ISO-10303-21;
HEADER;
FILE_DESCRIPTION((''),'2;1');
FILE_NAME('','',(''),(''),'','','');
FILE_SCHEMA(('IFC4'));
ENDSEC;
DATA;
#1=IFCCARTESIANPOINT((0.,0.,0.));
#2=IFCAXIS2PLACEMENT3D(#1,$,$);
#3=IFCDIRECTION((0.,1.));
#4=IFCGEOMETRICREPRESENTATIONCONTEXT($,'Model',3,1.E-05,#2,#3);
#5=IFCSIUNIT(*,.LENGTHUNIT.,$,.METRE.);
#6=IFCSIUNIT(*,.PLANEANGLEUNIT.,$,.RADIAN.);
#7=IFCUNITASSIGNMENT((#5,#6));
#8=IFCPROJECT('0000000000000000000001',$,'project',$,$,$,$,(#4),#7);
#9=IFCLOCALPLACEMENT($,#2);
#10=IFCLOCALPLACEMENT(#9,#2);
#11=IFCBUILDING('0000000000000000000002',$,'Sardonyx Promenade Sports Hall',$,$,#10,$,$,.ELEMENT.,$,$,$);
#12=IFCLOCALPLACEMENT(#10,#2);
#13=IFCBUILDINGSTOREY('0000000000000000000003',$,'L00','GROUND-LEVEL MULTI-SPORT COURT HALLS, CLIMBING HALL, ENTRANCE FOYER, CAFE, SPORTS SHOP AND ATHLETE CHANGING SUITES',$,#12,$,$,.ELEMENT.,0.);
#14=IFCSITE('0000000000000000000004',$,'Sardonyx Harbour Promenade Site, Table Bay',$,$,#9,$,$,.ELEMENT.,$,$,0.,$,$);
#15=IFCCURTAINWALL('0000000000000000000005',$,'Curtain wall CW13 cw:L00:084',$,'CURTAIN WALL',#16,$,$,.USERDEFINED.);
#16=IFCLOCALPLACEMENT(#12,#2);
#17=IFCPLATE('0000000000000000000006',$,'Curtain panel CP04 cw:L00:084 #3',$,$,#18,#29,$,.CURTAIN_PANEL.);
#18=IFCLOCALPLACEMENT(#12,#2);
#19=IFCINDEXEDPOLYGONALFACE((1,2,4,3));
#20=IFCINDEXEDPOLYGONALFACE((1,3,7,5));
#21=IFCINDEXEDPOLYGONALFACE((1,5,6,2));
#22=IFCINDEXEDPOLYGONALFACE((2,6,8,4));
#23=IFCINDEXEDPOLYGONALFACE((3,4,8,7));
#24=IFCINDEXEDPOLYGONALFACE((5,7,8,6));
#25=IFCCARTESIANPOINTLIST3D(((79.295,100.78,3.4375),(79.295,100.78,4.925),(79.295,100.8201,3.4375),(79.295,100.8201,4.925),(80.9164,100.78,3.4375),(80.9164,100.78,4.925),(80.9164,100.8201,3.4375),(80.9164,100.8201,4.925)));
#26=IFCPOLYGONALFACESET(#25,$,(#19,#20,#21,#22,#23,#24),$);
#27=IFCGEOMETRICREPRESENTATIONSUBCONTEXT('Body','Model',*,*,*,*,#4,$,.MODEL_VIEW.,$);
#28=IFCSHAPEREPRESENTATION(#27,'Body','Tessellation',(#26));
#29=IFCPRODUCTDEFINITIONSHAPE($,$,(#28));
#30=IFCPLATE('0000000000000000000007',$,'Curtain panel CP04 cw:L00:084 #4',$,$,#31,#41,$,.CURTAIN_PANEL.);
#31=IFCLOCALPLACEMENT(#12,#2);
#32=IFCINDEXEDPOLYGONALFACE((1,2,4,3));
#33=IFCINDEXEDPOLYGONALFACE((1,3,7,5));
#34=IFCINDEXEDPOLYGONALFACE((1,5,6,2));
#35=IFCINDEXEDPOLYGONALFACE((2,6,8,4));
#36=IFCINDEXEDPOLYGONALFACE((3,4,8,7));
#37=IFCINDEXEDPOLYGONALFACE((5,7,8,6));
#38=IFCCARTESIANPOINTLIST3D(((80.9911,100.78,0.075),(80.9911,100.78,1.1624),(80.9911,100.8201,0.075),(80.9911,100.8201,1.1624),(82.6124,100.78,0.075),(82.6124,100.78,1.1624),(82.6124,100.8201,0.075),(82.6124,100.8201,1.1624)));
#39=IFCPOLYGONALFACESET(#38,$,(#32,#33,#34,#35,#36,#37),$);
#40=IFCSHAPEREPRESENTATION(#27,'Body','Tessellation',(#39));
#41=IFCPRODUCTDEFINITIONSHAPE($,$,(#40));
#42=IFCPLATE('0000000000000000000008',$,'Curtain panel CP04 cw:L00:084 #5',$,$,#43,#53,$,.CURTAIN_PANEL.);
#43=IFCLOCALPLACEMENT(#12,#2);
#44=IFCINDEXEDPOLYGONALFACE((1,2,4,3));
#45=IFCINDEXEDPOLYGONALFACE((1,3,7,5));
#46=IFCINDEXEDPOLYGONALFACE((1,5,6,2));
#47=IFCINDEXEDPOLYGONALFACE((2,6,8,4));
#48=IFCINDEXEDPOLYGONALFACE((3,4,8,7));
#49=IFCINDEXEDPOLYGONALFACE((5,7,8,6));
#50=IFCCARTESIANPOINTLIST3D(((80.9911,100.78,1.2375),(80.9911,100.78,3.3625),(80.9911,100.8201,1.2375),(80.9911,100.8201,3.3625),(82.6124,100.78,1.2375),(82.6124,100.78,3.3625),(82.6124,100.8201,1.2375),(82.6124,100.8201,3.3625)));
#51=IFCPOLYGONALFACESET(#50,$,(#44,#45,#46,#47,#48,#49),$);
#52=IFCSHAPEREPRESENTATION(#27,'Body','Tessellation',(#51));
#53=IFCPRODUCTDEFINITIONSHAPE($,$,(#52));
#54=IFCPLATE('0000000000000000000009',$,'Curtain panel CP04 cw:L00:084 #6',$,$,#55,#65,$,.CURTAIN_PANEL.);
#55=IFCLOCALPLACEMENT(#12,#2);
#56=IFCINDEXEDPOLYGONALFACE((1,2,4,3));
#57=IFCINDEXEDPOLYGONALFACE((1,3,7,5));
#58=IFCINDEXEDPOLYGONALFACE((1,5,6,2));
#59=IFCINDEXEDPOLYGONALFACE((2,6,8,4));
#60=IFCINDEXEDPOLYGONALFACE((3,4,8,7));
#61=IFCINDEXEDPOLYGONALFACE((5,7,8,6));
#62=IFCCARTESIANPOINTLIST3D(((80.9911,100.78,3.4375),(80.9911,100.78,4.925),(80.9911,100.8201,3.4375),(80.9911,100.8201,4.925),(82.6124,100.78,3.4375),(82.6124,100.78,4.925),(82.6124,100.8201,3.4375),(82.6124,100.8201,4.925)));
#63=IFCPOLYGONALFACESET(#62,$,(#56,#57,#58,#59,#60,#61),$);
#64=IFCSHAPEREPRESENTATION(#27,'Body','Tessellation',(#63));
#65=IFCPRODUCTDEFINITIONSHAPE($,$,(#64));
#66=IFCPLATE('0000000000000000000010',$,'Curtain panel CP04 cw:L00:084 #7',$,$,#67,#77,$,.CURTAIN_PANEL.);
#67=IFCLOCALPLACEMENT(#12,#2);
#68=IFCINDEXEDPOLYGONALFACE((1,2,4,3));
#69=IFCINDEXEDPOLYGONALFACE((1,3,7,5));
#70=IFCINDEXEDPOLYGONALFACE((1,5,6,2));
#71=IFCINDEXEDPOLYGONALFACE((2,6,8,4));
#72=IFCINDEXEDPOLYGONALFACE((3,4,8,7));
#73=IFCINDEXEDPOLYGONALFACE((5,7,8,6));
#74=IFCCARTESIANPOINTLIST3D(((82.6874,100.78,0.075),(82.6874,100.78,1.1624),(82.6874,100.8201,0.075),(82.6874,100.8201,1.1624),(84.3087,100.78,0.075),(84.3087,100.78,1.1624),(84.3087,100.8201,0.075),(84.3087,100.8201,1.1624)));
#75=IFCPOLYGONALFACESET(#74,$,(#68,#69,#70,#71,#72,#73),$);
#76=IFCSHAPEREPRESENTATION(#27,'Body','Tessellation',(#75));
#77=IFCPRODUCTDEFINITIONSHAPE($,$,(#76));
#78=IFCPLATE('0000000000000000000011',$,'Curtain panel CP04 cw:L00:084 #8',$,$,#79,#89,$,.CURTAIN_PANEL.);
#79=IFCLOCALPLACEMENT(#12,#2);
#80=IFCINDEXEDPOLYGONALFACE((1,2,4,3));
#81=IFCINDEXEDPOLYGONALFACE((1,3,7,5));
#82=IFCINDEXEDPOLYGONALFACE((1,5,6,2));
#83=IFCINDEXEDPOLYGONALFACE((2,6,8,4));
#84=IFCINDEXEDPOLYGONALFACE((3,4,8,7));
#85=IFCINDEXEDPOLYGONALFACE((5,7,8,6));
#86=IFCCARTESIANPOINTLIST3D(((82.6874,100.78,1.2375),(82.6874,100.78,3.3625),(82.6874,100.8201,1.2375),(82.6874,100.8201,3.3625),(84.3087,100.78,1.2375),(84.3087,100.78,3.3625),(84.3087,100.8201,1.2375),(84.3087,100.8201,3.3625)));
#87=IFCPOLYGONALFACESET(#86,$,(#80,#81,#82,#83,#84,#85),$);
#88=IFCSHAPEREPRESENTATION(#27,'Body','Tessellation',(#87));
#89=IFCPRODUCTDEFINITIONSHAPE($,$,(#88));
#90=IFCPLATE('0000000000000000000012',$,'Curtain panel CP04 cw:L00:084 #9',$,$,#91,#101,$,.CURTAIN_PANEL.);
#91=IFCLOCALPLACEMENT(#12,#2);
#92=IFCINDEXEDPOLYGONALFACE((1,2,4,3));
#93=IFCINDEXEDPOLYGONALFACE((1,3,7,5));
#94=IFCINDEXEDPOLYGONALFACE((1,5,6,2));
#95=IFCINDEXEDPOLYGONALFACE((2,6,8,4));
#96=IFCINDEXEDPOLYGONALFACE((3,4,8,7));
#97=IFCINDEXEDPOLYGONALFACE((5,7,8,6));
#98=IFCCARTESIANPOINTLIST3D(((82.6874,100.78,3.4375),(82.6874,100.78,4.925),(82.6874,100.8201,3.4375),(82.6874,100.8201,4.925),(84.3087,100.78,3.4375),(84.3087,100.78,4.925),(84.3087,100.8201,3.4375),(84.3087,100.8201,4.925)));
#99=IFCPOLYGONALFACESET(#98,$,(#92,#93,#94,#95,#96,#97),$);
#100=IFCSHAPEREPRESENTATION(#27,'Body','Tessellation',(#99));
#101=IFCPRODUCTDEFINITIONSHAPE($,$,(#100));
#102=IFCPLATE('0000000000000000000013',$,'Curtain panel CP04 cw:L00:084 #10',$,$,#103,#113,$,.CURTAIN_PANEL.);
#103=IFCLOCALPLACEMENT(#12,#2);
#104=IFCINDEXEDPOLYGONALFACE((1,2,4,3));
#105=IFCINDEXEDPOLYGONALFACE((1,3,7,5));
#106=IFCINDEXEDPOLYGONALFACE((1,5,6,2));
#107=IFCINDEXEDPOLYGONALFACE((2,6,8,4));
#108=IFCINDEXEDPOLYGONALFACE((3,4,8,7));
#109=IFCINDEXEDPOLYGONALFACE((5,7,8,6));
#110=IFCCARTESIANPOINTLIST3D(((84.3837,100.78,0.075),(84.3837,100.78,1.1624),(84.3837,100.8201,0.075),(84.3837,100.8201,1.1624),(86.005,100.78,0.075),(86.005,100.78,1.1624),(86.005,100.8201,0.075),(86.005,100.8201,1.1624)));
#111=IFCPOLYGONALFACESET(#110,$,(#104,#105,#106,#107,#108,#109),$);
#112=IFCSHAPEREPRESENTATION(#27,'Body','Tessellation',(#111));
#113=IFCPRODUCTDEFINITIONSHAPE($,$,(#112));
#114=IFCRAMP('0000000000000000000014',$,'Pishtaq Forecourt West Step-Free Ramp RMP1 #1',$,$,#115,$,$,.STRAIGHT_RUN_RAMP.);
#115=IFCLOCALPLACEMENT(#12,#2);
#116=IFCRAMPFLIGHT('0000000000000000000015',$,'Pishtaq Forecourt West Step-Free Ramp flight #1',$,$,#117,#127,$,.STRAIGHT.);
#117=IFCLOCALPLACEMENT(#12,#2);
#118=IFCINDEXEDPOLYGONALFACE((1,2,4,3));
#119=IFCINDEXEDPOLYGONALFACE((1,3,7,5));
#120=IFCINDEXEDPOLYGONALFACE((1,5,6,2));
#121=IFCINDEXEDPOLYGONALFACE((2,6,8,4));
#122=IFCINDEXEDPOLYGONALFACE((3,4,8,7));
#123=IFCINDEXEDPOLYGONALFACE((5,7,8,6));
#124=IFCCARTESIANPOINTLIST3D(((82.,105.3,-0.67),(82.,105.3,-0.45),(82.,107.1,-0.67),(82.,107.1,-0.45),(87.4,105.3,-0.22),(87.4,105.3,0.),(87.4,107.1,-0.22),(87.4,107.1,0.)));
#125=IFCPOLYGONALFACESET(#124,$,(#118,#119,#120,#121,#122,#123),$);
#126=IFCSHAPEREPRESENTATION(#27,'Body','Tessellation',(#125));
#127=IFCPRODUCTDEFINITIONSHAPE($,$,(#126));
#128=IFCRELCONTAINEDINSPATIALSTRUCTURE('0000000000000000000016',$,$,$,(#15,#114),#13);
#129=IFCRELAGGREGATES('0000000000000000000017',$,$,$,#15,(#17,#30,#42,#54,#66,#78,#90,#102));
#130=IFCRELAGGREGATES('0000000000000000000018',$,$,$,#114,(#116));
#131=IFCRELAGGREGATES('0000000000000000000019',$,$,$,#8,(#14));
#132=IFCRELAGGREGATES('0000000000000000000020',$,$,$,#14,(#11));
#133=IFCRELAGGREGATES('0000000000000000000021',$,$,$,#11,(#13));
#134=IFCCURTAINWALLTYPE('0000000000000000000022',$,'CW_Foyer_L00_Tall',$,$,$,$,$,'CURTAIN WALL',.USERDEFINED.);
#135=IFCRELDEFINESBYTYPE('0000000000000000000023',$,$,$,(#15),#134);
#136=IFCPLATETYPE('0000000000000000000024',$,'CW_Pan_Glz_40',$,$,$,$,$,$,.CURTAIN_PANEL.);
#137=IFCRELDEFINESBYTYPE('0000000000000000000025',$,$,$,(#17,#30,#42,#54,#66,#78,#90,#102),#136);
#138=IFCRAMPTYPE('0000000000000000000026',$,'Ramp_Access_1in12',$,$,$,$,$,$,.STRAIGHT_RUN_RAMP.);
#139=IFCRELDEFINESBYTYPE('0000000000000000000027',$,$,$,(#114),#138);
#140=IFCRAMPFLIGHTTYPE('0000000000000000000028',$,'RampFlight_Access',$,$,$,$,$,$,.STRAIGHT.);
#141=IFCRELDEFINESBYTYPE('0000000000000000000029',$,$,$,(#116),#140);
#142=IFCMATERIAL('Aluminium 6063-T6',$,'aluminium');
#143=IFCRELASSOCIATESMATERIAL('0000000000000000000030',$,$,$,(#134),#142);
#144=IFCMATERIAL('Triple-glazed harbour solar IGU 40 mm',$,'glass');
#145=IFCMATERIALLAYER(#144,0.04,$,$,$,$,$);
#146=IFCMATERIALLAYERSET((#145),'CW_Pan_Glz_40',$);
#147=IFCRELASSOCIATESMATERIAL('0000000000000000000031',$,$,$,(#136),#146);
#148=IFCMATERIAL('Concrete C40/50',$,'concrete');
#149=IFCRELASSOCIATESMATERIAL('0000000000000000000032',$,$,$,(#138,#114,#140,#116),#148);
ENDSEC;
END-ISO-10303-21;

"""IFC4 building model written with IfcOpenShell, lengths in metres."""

from ifc_helpers import new_model, si_unit, direction, frame, origin, origin_2d, place, context, subcontext, project, spatial, polyline, rectangle, outline, extrude, material, layer, layer_set, type_object, element, aggregate, save


model = new_model("IFC4")

# Units and contexts
model_context = context("Model", 3, precision=1e-05, world=origin(), true_north=direction((0.0, 1.0)))
body_context = subcontext(model_context, "Body", "Model", "MODEL_VIEW")
ifc_project = project(units=[si_unit("LENGTHUNIT", "METRE"), si_unit("PLANEANGLEUNIT", "RADIAN")], contexts=[model_context])

# Site, building, storey
site_placement = place(None, origin())
site = spatial("IfcSite", under=ifc_project, at=site_placement, Name="Sardonyx Harbour Promenade Site, Table Bay", CompositionType="ELEMENT", RefElevation=0.0)
building_placement = place(site_placement, origin())
building = spatial("IfcBuilding", under=site, at=building_placement, Name="Sardonyx Promenade Sports Hall", CompositionType="ELEMENT")
storey_placement = place(building_placement, origin())
storey = spatial("IfcBuildingStorey", under=building, at=storey_placement, Name="L00", Description="GROUND-LEVEL MULTI-SPORT COURT HALLS, CLIMBING HALL, ENTRANCE FOYER, CAFE, SPORTS SHOP AND ATHLETE CHANGING SUITES", CompositionType="ELEMENT", Elevation=0.0)

# Curtain wall, plates
ifc_material_1 = material(Name="Aluminium 6063-T6", Category="aluminium")
curtain_wall_type = type_object("IfcCurtainWallType", Name="CW_Foyer_L00_Tall", ElementType="CURTAIN WALL", PredefinedType="USERDEFINED", material=ifc_material_1)
curtain_wall_placement = place(storey_placement, origin())
curtain_wall = element("IfcCurtainWall", 1, at=curtain_wall_placement, inside=storey, type_object=curtain_wall_type, Name="Curtain wall CW13 cw:L00:084", ObjectType="CURTAIN WALL", PredefinedType="USERDEFINED")
ifc_material_2 = material(Name="Triple-glazed harbour solar IGU 40 mm", Category="glass")
ifc_layer = layer(ifc_material_2, 0.04)
ifc_layer_set = layer_set([ifc_layer], Name="CW_Pan_Glz_40")
plate_type = type_object("IfcPlateType", Name="CW_Pan_Glz_40", PredefinedType="CURTAIN_PANEL", material=ifc_layer_set)
plate_1_placement = place(storey_placement, frame((80.1057, 100.8, 3.4375), z_axis=(0.0, 0.0, 1.0), x_axis=(1.0, 0.0, 0.0)))
plate_1 = element("IfcPlate", 2, at=plate_1_placement, type_object=plate_type, Name="Curtain panel CP04 cw:L00:084 #3", PredefinedType="CURTAIN_PANEL", context=body_context, shape_type="SweptSolid", body=[
    extrude(rectangle(XDim=1.6213, YDim=0.04, at=origin_2d()), origin(), (0.0, 0.0, 1.0), 1.4875),
])
plate_2_placement = place(storey_placement, frame((81.8018, 100.8, 0.075), z_axis=(0.0, 0.0, 1.0), x_axis=(1.0, 0.0, 0.0)))
plate_2 = element("IfcPlate", 3, at=plate_2_placement, type_object=plate_type, Name="Curtain panel CP04 cw:L00:084 #4", PredefinedType="CURTAIN_PANEL", context=body_context, shape_type="SweptSolid", body=[
    extrude(rectangle(XDim=1.6213, YDim=0.04, at=origin_2d()), origin(), (0.0, 0.0, 1.0), 1.0874),
])
plate_3_placement = place(storey_placement, frame((81.8018, 100.8, 1.2375), z_axis=(0.0, 0.0, 1.0), x_axis=(1.0, 0.0, 0.0)))
plate_3 = element("IfcPlate", 4, at=plate_3_placement, type_object=plate_type, Name="Curtain panel CP04 cw:L00:084 #5", PredefinedType="CURTAIN_PANEL", context=body_context, shape_type="SweptSolid", body=[
    extrude(rectangle(XDim=1.6213, YDim=0.04, at=origin_2d()), origin(), (0.0, 0.0, 1.0), 2.125),
])
plate_4_placement = place(storey_placement, frame((81.8018, 100.8, 3.4375), z_axis=(0.0, 0.0, 1.0), x_axis=(1.0, 0.0, 0.0)))
plate_4 = element("IfcPlate", 5, at=plate_4_placement, type_object=plate_type, Name="Curtain panel CP04 cw:L00:084 #6", PredefinedType="CURTAIN_PANEL", context=body_context, shape_type="SweptSolid", body=[
    extrude(rectangle(XDim=1.6213, YDim=0.04, at=origin_2d()), origin(), (0.0, 0.0, 1.0), 1.4875),
])
plate_5_placement = place(storey_placement, frame((83.498, 100.8, 0.075), z_axis=(0.0, 0.0, 1.0), x_axis=(1.0, 0.0, 0.0)))
plate_5 = element("IfcPlate", 6, at=plate_5_placement, type_object=plate_type, Name="Curtain panel CP04 cw:L00:084 #7", PredefinedType="CURTAIN_PANEL", context=body_context, shape_type="SweptSolid", body=[
    extrude(rectangle(XDim=1.6213, YDim=0.04, at=origin_2d()), origin(), (0.0, 0.0, 1.0), 1.0874),
])
plate_6_placement = place(storey_placement, frame((83.498, 100.8, 1.2375), z_axis=(0.0, 0.0, 1.0), x_axis=(1.0, 0.0, 0.0)))
plate_6 = element("IfcPlate", 7, at=plate_6_placement, type_object=plate_type, Name="Curtain panel CP04 cw:L00:084 #8", PredefinedType="CURTAIN_PANEL", context=body_context, shape_type="SweptSolid", body=[
    extrude(rectangle(XDim=1.6213, YDim=0.04, at=origin_2d()), origin(), (0.0, 0.0, 1.0), 2.125),
])
plate_7_placement = place(storey_placement, frame((83.498, 100.8, 3.4375), z_axis=(0.0, 0.0, 1.0), x_axis=(1.0, 0.0, 0.0)))
plate_7 = element("IfcPlate", 8, at=plate_7_placement, type_object=plate_type, Name="Curtain panel CP04 cw:L00:084 #9", PredefinedType="CURTAIN_PANEL", context=body_context, shape_type="SweptSolid", body=[
    extrude(rectangle(XDim=1.6213, YDim=0.04, at=origin_2d()), origin(), (0.0, 0.0, 1.0), 1.4875),
])
plate_8_placement = place(storey_placement, frame((85.1943, 100.8, 0.075), z_axis=(0.0, 0.0, 1.0), x_axis=(1.0, 0.0, 0.0)))
plate_8 = element("IfcPlate", 9, at=plate_8_placement, type_object=plate_type, Name="Curtain panel CP04 cw:L00:084 #10", PredefinedType="CURTAIN_PANEL", context=body_context, shape_type="SweptSolid", body=[
    extrude(rectangle(XDim=1.6213, YDim=0.04, at=origin_2d()), origin(), (0.0, 0.0, 1.0), 1.0874),
])
aggregate(curtain_wall, [plate_1, plate_2, plate_3, plate_4, plate_5, plate_6, plate_7, plate_8])

# Ramp, ramp flight
ifc_material_3 = material(Name="Concrete C40/50", Category="concrete")
ramp_type = type_object("IfcRampType", Name="Ramp_Access_1in12", PredefinedType="STRAIGHT_RUN_RAMP", material=ifc_material_3)
ramp_placement = place(storey_placement, frame((82.0, 106.2, -0.45), z_axis=(0.0, 0.0, 1.0), x_axis=(1.0, 0.0, 0.0)))
ramp = element("IfcRamp", 10, at=ramp_placement, inside=storey, type_object=ramp_type, material=ifc_material_3, Name="Pishtaq Forecourt West Step-Free Ramp RMP1 #1", PredefinedType="STRAIGHT_RUN_RAMP")
ramp_flight_type = type_object("IfcRampFlightType", Name="RampFlight_Access", PredefinedType="STRAIGHT", material=ifc_material_3)
ramp_flight_placement = place(storey_placement, frame((82.0, 106.2, -0.45), z_axis=(0.0, -1.0, 0.0), x_axis=(1.0, 0.0, 0.0)))
ramp_flight = element("IfcRampFlight", 11, at=ramp_flight_placement, type_object=ramp_flight_type, material=ifc_material_3, Name="Pishtaq Forecourt West Step-Free Ramp flight #1", PredefinedType="STRAIGHT", context=body_context, shape_type="SweptSolid", body=[
    extrude(outline(polyline([(0.0, 0.0), (5.4, 0.45), (5.4, 0.23), (0.0, -0.22), (0.0, 0.0)])), frame((0.0, 0.0, -0.9)), (0.0, 0.0, 1.0), 1.8),
])
aggregate(ramp, [ramp_flight])

save(model, "model.ifc")
